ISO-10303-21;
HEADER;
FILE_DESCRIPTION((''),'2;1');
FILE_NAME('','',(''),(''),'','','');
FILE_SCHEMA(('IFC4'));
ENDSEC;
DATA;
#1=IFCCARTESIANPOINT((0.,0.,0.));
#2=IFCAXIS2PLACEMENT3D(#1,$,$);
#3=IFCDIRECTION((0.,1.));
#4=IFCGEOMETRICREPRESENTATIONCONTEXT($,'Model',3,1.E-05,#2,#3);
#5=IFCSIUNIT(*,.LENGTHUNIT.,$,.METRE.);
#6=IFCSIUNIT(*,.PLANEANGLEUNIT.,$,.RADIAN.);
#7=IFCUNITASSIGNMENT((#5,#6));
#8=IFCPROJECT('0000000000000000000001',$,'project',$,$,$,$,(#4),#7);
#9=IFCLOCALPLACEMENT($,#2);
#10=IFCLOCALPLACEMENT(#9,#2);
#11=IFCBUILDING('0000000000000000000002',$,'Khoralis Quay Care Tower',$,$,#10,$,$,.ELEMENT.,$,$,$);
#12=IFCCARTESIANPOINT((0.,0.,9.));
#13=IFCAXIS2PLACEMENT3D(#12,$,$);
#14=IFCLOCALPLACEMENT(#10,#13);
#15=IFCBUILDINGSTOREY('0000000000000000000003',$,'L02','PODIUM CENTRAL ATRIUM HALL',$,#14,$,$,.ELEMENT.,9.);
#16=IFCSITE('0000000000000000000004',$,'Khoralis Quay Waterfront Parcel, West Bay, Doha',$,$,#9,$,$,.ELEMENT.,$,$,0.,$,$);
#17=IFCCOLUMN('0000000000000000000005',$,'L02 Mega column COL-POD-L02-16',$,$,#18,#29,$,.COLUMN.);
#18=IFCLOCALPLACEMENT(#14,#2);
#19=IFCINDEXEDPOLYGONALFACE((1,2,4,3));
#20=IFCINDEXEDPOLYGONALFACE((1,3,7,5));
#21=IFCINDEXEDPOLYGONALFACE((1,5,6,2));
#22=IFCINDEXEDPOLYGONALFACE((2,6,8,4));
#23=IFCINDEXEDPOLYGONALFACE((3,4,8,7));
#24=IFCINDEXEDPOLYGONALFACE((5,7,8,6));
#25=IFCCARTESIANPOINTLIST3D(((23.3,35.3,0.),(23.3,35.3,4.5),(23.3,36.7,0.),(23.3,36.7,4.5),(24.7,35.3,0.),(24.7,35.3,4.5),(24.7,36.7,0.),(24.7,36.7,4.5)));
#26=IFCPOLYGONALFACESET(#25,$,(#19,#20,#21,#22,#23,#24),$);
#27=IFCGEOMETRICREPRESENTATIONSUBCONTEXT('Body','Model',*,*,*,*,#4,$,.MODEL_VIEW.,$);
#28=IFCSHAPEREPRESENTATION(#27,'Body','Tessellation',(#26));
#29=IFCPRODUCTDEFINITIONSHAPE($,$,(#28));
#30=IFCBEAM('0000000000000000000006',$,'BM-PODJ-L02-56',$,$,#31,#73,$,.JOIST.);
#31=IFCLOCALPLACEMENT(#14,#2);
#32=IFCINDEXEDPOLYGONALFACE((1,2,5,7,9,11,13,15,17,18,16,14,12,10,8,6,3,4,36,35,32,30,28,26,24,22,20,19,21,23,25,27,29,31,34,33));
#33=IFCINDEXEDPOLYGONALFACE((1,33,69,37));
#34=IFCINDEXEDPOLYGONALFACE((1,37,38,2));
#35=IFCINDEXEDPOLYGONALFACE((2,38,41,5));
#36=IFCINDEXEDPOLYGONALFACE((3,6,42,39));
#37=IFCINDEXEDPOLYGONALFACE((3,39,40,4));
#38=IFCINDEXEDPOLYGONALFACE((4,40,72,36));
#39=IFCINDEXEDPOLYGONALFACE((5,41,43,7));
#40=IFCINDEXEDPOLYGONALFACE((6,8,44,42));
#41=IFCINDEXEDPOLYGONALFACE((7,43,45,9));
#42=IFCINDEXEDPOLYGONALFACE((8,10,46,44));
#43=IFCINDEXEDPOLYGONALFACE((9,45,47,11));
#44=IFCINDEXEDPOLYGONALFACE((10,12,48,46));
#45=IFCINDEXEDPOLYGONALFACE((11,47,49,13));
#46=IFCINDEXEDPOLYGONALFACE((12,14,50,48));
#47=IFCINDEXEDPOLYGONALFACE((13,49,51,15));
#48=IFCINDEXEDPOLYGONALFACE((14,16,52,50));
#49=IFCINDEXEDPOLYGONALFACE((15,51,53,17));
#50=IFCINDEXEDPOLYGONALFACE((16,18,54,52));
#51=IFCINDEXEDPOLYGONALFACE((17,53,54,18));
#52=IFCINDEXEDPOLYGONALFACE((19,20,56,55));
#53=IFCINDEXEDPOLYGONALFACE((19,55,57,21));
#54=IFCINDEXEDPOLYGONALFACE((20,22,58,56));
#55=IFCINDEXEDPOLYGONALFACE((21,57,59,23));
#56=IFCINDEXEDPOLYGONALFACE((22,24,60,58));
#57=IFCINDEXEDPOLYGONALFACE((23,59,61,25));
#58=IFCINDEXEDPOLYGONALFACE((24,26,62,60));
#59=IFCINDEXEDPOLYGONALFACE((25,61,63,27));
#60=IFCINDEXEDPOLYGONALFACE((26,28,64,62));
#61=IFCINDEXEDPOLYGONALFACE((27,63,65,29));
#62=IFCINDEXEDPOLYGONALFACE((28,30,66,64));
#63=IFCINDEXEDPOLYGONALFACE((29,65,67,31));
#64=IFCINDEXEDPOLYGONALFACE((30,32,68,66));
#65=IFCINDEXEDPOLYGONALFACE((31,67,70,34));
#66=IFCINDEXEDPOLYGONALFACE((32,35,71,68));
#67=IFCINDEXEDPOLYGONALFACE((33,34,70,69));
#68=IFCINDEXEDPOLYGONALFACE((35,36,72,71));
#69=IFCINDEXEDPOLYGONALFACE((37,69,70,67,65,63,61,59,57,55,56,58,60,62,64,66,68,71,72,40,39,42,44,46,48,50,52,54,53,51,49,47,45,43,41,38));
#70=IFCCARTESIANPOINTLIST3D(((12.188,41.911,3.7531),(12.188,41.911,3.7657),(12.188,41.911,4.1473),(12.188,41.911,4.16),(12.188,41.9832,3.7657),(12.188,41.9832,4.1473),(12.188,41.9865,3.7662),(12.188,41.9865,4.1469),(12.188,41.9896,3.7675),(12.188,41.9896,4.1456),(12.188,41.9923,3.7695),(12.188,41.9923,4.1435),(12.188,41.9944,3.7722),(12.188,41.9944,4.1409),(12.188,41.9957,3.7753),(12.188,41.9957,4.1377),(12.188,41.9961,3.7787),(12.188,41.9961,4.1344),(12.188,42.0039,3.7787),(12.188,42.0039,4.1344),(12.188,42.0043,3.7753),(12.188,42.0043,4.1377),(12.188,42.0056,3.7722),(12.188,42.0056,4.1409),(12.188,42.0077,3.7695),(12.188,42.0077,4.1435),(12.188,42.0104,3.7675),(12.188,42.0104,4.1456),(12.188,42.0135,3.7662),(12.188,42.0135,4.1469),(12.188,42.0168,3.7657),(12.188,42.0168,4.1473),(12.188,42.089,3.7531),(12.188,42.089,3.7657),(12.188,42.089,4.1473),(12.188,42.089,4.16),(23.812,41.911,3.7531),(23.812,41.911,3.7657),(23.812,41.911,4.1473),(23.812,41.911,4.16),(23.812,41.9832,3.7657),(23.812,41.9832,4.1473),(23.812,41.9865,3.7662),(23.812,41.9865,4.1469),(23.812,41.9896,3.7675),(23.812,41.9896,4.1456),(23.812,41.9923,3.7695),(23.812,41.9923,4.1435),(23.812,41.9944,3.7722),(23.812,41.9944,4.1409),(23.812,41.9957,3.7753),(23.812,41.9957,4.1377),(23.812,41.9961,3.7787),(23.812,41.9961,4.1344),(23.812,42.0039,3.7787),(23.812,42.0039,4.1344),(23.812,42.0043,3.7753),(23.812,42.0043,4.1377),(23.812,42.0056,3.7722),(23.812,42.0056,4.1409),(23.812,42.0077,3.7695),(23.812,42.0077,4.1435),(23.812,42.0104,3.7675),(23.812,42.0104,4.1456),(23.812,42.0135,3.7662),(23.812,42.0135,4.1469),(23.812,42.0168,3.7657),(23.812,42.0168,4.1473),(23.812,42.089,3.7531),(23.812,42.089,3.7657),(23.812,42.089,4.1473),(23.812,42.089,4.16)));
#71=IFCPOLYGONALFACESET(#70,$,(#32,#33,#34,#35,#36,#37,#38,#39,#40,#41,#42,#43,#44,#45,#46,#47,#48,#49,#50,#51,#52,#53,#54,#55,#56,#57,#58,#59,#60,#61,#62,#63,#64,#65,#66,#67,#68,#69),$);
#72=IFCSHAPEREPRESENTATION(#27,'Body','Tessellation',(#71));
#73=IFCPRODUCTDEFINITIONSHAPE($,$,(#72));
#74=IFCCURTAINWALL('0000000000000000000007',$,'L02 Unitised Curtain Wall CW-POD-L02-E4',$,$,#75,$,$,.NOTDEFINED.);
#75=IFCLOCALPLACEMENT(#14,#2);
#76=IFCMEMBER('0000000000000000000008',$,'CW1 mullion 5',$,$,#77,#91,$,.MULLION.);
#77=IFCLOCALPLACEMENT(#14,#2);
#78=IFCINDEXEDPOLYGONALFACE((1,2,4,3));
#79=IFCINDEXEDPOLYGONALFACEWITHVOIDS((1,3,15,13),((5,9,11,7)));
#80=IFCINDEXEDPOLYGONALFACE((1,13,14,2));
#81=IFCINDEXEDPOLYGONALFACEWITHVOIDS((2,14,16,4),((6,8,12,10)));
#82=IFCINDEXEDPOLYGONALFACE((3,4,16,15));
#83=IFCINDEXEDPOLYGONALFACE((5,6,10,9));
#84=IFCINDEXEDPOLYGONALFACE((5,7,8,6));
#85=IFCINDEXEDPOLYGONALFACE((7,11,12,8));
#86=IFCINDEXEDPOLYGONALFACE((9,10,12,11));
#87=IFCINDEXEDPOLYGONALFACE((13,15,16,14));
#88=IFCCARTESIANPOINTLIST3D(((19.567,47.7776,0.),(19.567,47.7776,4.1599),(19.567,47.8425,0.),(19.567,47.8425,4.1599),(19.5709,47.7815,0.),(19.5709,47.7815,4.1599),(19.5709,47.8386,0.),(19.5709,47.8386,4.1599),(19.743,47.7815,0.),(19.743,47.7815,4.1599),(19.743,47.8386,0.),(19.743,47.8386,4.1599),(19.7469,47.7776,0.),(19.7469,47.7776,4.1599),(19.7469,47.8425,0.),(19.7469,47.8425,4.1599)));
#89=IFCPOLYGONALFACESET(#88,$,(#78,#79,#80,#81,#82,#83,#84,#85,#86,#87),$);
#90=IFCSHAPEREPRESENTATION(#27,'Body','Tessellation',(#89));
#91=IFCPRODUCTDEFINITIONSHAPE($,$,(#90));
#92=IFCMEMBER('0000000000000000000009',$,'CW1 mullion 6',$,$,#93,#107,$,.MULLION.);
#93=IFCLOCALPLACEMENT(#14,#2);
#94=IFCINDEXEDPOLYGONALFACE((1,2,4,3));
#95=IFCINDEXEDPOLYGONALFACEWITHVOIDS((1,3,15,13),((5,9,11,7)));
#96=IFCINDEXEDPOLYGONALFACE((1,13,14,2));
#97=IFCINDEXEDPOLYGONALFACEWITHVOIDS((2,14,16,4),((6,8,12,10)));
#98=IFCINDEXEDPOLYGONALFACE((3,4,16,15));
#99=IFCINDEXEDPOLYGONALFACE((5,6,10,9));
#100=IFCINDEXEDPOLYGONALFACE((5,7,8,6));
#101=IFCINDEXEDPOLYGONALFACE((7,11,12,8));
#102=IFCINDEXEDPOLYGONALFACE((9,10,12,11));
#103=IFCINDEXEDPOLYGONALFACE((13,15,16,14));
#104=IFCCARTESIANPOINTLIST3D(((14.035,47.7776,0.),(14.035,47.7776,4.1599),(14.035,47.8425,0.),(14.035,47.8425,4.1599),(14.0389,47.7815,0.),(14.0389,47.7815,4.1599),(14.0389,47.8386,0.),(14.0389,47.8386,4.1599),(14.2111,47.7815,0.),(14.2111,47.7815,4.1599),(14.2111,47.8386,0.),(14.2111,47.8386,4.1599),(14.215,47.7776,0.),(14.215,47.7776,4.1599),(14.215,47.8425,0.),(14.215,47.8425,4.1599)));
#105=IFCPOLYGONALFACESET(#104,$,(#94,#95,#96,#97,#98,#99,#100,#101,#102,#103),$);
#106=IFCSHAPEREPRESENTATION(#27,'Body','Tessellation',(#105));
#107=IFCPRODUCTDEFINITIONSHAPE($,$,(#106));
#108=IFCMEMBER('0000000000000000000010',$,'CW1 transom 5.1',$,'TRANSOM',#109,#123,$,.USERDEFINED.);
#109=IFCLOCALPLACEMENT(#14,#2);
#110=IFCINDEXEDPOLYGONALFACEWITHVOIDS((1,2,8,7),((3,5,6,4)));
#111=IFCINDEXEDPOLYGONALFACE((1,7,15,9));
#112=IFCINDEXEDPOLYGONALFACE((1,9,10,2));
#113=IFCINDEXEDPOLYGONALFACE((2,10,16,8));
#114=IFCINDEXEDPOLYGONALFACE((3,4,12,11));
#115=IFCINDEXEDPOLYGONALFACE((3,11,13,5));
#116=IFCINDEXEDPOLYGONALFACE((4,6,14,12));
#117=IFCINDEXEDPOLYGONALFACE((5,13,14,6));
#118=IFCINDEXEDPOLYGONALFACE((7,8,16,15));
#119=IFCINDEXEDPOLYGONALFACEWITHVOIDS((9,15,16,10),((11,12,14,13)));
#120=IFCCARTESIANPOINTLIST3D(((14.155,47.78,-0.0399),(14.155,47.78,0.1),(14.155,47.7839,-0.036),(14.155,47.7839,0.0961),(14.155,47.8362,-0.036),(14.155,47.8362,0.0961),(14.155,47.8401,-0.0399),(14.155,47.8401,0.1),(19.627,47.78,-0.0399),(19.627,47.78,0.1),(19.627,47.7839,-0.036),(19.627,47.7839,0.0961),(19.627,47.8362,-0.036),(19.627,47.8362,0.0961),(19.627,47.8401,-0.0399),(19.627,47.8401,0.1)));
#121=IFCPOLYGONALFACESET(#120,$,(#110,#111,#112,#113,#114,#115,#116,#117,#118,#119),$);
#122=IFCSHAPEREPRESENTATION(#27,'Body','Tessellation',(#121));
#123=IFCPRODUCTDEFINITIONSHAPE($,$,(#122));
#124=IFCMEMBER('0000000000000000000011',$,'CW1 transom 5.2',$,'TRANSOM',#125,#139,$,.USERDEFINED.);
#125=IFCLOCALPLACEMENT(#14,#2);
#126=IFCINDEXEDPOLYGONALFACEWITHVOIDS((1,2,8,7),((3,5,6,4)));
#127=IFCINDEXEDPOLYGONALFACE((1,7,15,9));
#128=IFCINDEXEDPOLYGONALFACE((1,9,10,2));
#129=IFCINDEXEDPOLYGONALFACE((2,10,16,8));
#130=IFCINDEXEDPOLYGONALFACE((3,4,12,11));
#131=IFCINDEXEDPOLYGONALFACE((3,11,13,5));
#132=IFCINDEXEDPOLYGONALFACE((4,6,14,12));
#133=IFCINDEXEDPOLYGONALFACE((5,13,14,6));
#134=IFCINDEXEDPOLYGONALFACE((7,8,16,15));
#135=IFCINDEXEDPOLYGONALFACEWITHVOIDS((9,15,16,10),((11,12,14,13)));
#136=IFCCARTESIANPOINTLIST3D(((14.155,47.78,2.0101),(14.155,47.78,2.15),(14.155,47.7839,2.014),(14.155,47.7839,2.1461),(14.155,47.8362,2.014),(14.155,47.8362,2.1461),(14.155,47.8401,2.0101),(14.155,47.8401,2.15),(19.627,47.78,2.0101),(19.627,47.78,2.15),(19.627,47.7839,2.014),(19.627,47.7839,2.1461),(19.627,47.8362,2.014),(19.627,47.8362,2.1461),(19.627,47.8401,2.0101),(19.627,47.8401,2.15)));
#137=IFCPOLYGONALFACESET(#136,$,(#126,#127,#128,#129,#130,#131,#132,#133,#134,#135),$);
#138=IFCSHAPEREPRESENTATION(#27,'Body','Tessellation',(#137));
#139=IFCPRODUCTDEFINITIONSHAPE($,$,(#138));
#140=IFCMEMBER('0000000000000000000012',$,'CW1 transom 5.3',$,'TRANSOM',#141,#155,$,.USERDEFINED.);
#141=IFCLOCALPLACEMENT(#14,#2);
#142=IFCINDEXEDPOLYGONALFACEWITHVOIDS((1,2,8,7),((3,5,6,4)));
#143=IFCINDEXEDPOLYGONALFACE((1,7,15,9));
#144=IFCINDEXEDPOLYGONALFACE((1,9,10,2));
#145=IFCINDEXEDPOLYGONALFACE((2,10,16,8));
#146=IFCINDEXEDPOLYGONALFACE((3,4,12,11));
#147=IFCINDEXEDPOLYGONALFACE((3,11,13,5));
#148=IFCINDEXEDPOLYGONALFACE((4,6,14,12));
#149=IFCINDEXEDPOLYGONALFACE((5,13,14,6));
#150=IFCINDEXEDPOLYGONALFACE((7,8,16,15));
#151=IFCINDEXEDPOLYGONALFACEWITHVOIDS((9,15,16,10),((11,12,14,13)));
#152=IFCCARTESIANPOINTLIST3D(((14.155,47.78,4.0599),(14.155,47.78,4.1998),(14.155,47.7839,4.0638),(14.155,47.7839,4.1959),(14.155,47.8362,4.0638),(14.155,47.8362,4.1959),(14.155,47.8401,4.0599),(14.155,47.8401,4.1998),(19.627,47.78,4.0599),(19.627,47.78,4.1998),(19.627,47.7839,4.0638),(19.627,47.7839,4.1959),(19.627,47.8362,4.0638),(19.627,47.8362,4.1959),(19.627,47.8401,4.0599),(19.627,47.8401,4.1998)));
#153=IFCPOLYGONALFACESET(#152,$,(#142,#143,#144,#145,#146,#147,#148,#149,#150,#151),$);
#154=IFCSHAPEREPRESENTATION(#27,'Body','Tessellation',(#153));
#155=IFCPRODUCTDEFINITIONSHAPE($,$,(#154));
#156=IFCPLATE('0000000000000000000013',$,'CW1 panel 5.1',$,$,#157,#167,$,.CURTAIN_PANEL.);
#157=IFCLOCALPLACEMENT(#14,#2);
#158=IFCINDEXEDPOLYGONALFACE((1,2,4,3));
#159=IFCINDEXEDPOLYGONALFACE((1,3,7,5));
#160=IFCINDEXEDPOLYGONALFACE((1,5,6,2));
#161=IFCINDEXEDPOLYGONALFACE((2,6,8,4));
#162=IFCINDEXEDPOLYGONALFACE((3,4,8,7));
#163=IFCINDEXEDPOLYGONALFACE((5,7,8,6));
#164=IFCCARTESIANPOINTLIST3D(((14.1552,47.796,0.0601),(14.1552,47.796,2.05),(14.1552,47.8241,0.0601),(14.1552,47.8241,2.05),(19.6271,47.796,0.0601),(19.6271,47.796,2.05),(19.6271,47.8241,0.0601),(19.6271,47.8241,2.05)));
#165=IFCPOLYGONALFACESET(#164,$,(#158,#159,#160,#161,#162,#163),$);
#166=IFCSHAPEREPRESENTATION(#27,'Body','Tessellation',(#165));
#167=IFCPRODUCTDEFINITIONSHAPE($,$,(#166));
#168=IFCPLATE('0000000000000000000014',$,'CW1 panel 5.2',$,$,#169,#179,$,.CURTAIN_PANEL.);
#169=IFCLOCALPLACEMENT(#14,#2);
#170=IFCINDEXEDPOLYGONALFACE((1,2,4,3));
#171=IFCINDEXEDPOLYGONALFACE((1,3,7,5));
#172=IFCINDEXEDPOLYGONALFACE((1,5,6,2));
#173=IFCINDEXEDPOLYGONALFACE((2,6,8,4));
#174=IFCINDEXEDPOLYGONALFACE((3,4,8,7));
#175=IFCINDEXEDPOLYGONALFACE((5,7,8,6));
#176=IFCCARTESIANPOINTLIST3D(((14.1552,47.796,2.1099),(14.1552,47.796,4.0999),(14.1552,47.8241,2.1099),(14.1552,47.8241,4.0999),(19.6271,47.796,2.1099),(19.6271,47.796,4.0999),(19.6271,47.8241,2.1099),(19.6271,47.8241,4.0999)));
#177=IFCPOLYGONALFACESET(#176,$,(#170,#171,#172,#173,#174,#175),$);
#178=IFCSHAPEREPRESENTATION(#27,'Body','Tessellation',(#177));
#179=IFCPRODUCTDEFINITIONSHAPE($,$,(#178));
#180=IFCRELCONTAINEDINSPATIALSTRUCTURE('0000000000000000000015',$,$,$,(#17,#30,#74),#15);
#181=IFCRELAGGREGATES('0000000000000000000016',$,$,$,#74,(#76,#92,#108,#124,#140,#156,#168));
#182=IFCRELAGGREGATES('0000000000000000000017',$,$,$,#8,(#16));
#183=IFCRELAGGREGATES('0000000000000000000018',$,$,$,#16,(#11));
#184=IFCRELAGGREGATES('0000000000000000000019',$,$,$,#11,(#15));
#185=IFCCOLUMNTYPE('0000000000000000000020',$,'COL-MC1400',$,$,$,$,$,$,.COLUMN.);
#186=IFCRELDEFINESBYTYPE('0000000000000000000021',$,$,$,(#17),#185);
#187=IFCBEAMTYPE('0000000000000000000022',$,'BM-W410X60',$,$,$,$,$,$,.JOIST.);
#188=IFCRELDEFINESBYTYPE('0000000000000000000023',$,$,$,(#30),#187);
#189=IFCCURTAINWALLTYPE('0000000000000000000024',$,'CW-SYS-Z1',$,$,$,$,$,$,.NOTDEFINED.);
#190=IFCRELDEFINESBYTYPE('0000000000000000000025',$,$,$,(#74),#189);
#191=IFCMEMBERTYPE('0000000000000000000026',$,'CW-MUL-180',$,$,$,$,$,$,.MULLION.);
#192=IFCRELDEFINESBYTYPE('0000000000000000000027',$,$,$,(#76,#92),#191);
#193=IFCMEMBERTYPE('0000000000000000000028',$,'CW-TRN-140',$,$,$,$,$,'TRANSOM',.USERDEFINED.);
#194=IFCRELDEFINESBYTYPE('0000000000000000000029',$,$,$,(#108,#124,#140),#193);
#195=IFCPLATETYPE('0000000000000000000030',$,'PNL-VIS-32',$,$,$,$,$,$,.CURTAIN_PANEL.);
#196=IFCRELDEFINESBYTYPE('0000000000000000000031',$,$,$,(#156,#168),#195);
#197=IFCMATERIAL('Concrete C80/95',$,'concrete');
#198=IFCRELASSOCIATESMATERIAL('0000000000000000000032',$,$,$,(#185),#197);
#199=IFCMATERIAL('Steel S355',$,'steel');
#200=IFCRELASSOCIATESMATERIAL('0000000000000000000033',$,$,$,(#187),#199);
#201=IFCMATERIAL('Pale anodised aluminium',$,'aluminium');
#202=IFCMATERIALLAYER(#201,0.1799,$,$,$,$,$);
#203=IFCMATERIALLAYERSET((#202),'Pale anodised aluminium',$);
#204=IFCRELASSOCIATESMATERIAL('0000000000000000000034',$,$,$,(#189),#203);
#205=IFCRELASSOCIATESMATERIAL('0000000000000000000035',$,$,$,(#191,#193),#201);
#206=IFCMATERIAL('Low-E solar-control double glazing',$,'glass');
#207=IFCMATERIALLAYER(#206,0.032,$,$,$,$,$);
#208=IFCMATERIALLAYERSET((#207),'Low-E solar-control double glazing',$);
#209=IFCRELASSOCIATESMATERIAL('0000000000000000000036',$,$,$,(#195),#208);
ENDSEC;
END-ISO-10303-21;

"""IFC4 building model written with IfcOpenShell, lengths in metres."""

from ifc_helpers import new_model, si_unit, direction, frame, origin, origin_2d, place, context, subcontext, project, spatial, rectangle, hollow_rectangle, i_section, extrude, source, transform, mapped, material, layer, layer_set, material_profile, profile_set, type_object, element, aggregate, save


model = new_model("IFC4")

# Units and contexts
model_context = context("Model", 3, precision=1e-05, world=origin(), true_north=direction((0.0, 1.0)))
body_context = subcontext(model_context, "Body", "Model", "MODEL_VIEW")
ifc_project = project(units=[si_unit("LENGTHUNIT", "METRE"), si_unit("PLANEANGLEUNIT", "RADIAN")], contexts=[model_context])

# Site, building, storey
site_placement = place(None, origin())
site = spatial("IfcSite", under=ifc_project, at=site_placement, Name="Khoralis Quay Waterfront Parcel, West Bay, Doha", CompositionType="ELEMENT", RefElevation=0.0)
building_placement = place(site_placement, origin())
building = spatial("IfcBuilding", under=site, at=building_placement, Name="Khoralis Quay Care Tower", CompositionType="ELEMENT")
storey_placement = place(building_placement, frame((0.0, 0.0, 9.0)))
storey = spatial("IfcBuildingStorey", under=building, at=storey_placement, Name="L02", Description="PODIUM CENTRAL ATRIUM HALL", CompositionType="ELEMENT", Elevation=9.0)

# Column
ifc_material_1 = material(Name="Concrete C80/95", Category="concrete")
ifc_material_profile_1 = material_profile(ifc_material_1, rectangle(XDim=1.3999, YDim=1.3999, at=origin_2d()), Name="Concrete C80/95")
ifc_profile_set_1 = profile_set([ifc_material_profile_1], Name="Concrete C80/95")
column_type = type_object("IfcColumnType", Name="COL-MC1400", PredefinedType="COLUMN", material=ifc_profile_set_1)
shared_shape_1 = source(origin(), body_context, "Body", "SweptSolid", [
    extrude(rectangle(XDim=1.3999, YDim=1.3999, at=origin_2d()), origin(), (0.0, 0.0, 1.0), 4.5),
])
column_placement = place(storey_placement, frame((24.0, 36.0, 0.0), z_axis=(0.0, 0.0, 1.0), x_axis=(1.0, 0.0, 0.0)))
element("IfcColumn", 1, at=column_placement, inside=storey, type_object=column_type, Name="L02 Mega column COL-POD-L02-16", PredefinedType="COLUMN", context=body_context, shape_type="MappedRepresentation", body=[
    mapped(shared_shape_1, transform((0.0, 0.0, 0.0), scale=1.0)),
])

# Beam
ifc_material_2 = material(Name="Steel S355", Category="steel")
ifc_material_profile_2 = material_profile(ifc_material_2, i_section(OverallWidth=0.178, OverallDepth=0.407, WebThickness=0.0078, FlangeThickness=0.0127, FilletRadius=0.0129, at=origin_2d()), Name="Steel S355")
ifc_profile_set_2 = profile_set([ifc_material_profile_2], Name="Steel S355")
beam_type = type_object("IfcBeamType", Name="BM-W410X60", PredefinedType="JOIST", material=ifc_profile_set_2)
shared_shape_2 = source(origin(), body_context, "Body", "SweptSolid", [
    extrude(i_section(OverallWidth=0.178, OverallDepth=0.407, WebThickness=0.0078, FlangeThickness=0.0127, FilletRadius=0.0129, at=origin_2d()), origin(), (0.0, 0.0, 1.0), 11.624),
])
beam_placement = place(storey_placement, frame((12.188, 42.0, 3.9565), z_axis=(1.0, 0.0, 0.0), x_axis=(0.0, 1.0, 0.0)))
element("IfcBeam", 2, at=beam_placement, inside=storey, type_object=beam_type, Name="BM-PODJ-L02-56", PredefinedType="JOIST", context=body_context, shape_type="MappedRepresentation", body=[
    mapped(shared_shape_2, transform((0.0, 0.0, 0.0), scale=1.0)),
])

# Curtain wall, members, plates
ifc_material_3 = material(Name="Pale anodised aluminium", Category="aluminium")
ifc_layer_1 = layer(ifc_material_3, 0.1799)
ifc_layer_set_1 = layer_set([ifc_layer_1], Name="Pale anodised aluminium")
curtain_wall_type = type_object("IfcCurtainWallType", Name="CW-SYS-Z1", PredefinedType="NOTDEFINED", material=ifc_layer_set_1)
curtain_wall_placement = place(storey_placement, origin())
curtain_wall = element("IfcCurtainWall", 3, at=curtain_wall_placement, inside=storey, type_object=curtain_wall_type, Name="L02 Unitised Curtain Wall CW-POD-L02-E4", PredefinedType="NOTDEFINED")
ifc_material_profile_3 = material_profile(ifc_material_3, hollow_rectangle(XDim=0.0649, YDim=0.1799, WallThickness=0.0039, at=origin_2d()), Name="Pale anodised aluminium")
ifc_profile_set_3 = profile_set([ifc_material_profile_3], Name="Pale anodised aluminium")
member_type_1 = type_object("IfcMemberType", Name="CW-MUL-180", PredefinedType="MULLION", material=ifc_profile_set_3)
shared_shape_3 = source(origin(), body_context, "Body", "SweptSolid", [
    extrude(hollow_rectangle(XDim=0.0649, YDim=0.1799, WallThickness=0.0039, at=origin_2d()), origin(), (0.0, 0.0, 1.0), 4.1599),
])
member_1_placement = place(storey_placement, frame((19.657, 47.8101, 0.0), z_axis=(0.0, 0.0, 1.0), x_axis=(0.0, -1.0, 0.0)))
member_1 = element("IfcMember", 4, at=member_1_placement, type_object=member_type_1, Name="CW1 mullion 5", PredefinedType="MULLION", context=body_context, shape_type="MappedRepresentation", body=[
    mapped(shared_shape_3, transform((0.0, 0.0, 0.0), scale=1.0)),
])
member_2_placement = place(storey_placement, frame((14.125, 47.8101, 0.0), z_axis=(0.0, 0.0, 1.0), x_axis=(0.0, -1.0, 0.0)))
member_2 = element("IfcMember", 5, at=member_2_placement, type_object=member_type_1, Name="CW1 mullion 6", PredefinedType="MULLION", context=body_context, shape_type="MappedRepresentation", body=[
    mapped(shared_shape_3, transform((0.0, 0.0, 0.0), scale=1.0)),
])
ifc_material_profile_4 = material_profile(ifc_material_3, hollow_rectangle(XDim=0.0601, YDim=0.1399, WallThickness=0.0039, at=origin_2d()), Name="Pale anodised aluminium")
ifc_profile_set_4 = profile_set([ifc_material_profile_4], Name="Pale anodised aluminium")
member_type_2 = type_object("IfcMemberType", Name="CW-TRN-140", ElementType="TRANSOM", PredefinedType="USERDEFINED", material=ifc_profile_set_4)
shared_shape_4 = source(origin(), body_context, "Body", "SweptSolid", [
    extrude(hollow_rectangle(XDim=0.0601, YDim=0.1399, WallThickness=0.0039, at=origin_2d()), origin(), (0.0, 0.0, 1.0), 5.4719),
])
member_3_placement = place(storey_placement, frame((19.627, 47.8101, 0.03), z_axis=(-1.0, 0.0, 0.0), x_axis=(0.0, -1.0, 0.0)))
member_3 = element("IfcMember", 6, at=member_3_placement, type_object=member_type_2, Name="CW1 transom 5.1", ObjectType="TRANSOM", PredefinedType="USERDEFINED", context=body_context, shape_type="MappedRepresentation", body=[
    mapped(shared_shape_4, transform((0.0, 0.0, 0.0), scale=1.0)),
])
member_4_placement = place(storey_placement, frame((19.627, 47.8101, 2.0801), z_axis=(-1.0, 0.0, 0.0), x_axis=(0.0, -1.0, 0.0)))
member_4 = element("IfcMember", 7, at=member_4_placement, type_object=member_type_2, Name="CW1 transom 5.2", ObjectType="TRANSOM", PredefinedType="USERDEFINED", context=body_context, shape_type="MappedRepresentation", body=[
    mapped(shared_shape_4, transform((0.0, 0.0, 0.0), scale=1.0)),
])
member_5_placement = place(storey_placement, frame((19.627, 47.8101, 4.1299), z_axis=(-1.0, 0.0, 0.0), x_axis=(0.0, -1.0, 0.0)))
member_5 = element("IfcMember", 8, at=member_5_placement, type_object=member_type_2, Name="CW1 transom 5.3", ObjectType="TRANSOM", PredefinedType="USERDEFINED", context=body_context, shape_type="MappedRepresentation", body=[
    mapped(shared_shape_4, transform((0.0, 0.0, 0.0), scale=1.0)),
])
ifc_material_4 = material(Name="Low-E solar-control double glazing", Category="glass")
ifc_layer_2 = layer(ifc_material_4, 0.032)
ifc_layer_set_2 = layer_set([ifc_layer_2], Name="Low-E solar-control double glazing")
plate_type = type_object("IfcPlateType", Name="PNL-VIS-32", PredefinedType="CURTAIN_PANEL", material=ifc_layer_set_2)
shared_shape_5 = source(origin(), body_context, "Body", "SweptSolid", [
    extrude(rectangle(XDim=5.4719, YDim=0.0281, at=origin_2d()), origin(), (0.0, 0.0, 1.0), 1.99),
])
plate_1_placement = place(storey_placement, frame((16.8911, 47.8101, 0.0601), z_axis=(0.0, 0.0, 1.0), x_axis=(-1.0, 0.0, 0.0)))
plate_1 = element("IfcPlate", 9, at=plate_1_placement, type_object=plate_type, Name="CW1 panel 5.1", PredefinedType="CURTAIN_PANEL", context=body_context, shape_type="MappedRepresentation", body=[
    mapped(shared_shape_5, transform((0.0, 0.0, 0.0), scale=1.0)),
])
plate_2_placement = place(storey_placement, frame((16.8911, 47.8101, 2.1099), z_axis=(0.0, 0.0, 1.0), x_axis=(-1.0, 0.0, 0.0)))
plate_2 = element("IfcPlate", 10, at=plate_2_placement, type_object=plate_type, Name="CW1 panel 5.2", PredefinedType="CURTAIN_PANEL", context=body_context, shape_type="MappedRepresentation", body=[
    mapped(shared_shape_5, transform((0.0, 0.0, 0.0), scale=1.0)),
])
aggregate(curtain_wall, [member_1, member_2, member_3, member_4, member_5, plate_1, plate_2])

save(model, "model.ifc")
